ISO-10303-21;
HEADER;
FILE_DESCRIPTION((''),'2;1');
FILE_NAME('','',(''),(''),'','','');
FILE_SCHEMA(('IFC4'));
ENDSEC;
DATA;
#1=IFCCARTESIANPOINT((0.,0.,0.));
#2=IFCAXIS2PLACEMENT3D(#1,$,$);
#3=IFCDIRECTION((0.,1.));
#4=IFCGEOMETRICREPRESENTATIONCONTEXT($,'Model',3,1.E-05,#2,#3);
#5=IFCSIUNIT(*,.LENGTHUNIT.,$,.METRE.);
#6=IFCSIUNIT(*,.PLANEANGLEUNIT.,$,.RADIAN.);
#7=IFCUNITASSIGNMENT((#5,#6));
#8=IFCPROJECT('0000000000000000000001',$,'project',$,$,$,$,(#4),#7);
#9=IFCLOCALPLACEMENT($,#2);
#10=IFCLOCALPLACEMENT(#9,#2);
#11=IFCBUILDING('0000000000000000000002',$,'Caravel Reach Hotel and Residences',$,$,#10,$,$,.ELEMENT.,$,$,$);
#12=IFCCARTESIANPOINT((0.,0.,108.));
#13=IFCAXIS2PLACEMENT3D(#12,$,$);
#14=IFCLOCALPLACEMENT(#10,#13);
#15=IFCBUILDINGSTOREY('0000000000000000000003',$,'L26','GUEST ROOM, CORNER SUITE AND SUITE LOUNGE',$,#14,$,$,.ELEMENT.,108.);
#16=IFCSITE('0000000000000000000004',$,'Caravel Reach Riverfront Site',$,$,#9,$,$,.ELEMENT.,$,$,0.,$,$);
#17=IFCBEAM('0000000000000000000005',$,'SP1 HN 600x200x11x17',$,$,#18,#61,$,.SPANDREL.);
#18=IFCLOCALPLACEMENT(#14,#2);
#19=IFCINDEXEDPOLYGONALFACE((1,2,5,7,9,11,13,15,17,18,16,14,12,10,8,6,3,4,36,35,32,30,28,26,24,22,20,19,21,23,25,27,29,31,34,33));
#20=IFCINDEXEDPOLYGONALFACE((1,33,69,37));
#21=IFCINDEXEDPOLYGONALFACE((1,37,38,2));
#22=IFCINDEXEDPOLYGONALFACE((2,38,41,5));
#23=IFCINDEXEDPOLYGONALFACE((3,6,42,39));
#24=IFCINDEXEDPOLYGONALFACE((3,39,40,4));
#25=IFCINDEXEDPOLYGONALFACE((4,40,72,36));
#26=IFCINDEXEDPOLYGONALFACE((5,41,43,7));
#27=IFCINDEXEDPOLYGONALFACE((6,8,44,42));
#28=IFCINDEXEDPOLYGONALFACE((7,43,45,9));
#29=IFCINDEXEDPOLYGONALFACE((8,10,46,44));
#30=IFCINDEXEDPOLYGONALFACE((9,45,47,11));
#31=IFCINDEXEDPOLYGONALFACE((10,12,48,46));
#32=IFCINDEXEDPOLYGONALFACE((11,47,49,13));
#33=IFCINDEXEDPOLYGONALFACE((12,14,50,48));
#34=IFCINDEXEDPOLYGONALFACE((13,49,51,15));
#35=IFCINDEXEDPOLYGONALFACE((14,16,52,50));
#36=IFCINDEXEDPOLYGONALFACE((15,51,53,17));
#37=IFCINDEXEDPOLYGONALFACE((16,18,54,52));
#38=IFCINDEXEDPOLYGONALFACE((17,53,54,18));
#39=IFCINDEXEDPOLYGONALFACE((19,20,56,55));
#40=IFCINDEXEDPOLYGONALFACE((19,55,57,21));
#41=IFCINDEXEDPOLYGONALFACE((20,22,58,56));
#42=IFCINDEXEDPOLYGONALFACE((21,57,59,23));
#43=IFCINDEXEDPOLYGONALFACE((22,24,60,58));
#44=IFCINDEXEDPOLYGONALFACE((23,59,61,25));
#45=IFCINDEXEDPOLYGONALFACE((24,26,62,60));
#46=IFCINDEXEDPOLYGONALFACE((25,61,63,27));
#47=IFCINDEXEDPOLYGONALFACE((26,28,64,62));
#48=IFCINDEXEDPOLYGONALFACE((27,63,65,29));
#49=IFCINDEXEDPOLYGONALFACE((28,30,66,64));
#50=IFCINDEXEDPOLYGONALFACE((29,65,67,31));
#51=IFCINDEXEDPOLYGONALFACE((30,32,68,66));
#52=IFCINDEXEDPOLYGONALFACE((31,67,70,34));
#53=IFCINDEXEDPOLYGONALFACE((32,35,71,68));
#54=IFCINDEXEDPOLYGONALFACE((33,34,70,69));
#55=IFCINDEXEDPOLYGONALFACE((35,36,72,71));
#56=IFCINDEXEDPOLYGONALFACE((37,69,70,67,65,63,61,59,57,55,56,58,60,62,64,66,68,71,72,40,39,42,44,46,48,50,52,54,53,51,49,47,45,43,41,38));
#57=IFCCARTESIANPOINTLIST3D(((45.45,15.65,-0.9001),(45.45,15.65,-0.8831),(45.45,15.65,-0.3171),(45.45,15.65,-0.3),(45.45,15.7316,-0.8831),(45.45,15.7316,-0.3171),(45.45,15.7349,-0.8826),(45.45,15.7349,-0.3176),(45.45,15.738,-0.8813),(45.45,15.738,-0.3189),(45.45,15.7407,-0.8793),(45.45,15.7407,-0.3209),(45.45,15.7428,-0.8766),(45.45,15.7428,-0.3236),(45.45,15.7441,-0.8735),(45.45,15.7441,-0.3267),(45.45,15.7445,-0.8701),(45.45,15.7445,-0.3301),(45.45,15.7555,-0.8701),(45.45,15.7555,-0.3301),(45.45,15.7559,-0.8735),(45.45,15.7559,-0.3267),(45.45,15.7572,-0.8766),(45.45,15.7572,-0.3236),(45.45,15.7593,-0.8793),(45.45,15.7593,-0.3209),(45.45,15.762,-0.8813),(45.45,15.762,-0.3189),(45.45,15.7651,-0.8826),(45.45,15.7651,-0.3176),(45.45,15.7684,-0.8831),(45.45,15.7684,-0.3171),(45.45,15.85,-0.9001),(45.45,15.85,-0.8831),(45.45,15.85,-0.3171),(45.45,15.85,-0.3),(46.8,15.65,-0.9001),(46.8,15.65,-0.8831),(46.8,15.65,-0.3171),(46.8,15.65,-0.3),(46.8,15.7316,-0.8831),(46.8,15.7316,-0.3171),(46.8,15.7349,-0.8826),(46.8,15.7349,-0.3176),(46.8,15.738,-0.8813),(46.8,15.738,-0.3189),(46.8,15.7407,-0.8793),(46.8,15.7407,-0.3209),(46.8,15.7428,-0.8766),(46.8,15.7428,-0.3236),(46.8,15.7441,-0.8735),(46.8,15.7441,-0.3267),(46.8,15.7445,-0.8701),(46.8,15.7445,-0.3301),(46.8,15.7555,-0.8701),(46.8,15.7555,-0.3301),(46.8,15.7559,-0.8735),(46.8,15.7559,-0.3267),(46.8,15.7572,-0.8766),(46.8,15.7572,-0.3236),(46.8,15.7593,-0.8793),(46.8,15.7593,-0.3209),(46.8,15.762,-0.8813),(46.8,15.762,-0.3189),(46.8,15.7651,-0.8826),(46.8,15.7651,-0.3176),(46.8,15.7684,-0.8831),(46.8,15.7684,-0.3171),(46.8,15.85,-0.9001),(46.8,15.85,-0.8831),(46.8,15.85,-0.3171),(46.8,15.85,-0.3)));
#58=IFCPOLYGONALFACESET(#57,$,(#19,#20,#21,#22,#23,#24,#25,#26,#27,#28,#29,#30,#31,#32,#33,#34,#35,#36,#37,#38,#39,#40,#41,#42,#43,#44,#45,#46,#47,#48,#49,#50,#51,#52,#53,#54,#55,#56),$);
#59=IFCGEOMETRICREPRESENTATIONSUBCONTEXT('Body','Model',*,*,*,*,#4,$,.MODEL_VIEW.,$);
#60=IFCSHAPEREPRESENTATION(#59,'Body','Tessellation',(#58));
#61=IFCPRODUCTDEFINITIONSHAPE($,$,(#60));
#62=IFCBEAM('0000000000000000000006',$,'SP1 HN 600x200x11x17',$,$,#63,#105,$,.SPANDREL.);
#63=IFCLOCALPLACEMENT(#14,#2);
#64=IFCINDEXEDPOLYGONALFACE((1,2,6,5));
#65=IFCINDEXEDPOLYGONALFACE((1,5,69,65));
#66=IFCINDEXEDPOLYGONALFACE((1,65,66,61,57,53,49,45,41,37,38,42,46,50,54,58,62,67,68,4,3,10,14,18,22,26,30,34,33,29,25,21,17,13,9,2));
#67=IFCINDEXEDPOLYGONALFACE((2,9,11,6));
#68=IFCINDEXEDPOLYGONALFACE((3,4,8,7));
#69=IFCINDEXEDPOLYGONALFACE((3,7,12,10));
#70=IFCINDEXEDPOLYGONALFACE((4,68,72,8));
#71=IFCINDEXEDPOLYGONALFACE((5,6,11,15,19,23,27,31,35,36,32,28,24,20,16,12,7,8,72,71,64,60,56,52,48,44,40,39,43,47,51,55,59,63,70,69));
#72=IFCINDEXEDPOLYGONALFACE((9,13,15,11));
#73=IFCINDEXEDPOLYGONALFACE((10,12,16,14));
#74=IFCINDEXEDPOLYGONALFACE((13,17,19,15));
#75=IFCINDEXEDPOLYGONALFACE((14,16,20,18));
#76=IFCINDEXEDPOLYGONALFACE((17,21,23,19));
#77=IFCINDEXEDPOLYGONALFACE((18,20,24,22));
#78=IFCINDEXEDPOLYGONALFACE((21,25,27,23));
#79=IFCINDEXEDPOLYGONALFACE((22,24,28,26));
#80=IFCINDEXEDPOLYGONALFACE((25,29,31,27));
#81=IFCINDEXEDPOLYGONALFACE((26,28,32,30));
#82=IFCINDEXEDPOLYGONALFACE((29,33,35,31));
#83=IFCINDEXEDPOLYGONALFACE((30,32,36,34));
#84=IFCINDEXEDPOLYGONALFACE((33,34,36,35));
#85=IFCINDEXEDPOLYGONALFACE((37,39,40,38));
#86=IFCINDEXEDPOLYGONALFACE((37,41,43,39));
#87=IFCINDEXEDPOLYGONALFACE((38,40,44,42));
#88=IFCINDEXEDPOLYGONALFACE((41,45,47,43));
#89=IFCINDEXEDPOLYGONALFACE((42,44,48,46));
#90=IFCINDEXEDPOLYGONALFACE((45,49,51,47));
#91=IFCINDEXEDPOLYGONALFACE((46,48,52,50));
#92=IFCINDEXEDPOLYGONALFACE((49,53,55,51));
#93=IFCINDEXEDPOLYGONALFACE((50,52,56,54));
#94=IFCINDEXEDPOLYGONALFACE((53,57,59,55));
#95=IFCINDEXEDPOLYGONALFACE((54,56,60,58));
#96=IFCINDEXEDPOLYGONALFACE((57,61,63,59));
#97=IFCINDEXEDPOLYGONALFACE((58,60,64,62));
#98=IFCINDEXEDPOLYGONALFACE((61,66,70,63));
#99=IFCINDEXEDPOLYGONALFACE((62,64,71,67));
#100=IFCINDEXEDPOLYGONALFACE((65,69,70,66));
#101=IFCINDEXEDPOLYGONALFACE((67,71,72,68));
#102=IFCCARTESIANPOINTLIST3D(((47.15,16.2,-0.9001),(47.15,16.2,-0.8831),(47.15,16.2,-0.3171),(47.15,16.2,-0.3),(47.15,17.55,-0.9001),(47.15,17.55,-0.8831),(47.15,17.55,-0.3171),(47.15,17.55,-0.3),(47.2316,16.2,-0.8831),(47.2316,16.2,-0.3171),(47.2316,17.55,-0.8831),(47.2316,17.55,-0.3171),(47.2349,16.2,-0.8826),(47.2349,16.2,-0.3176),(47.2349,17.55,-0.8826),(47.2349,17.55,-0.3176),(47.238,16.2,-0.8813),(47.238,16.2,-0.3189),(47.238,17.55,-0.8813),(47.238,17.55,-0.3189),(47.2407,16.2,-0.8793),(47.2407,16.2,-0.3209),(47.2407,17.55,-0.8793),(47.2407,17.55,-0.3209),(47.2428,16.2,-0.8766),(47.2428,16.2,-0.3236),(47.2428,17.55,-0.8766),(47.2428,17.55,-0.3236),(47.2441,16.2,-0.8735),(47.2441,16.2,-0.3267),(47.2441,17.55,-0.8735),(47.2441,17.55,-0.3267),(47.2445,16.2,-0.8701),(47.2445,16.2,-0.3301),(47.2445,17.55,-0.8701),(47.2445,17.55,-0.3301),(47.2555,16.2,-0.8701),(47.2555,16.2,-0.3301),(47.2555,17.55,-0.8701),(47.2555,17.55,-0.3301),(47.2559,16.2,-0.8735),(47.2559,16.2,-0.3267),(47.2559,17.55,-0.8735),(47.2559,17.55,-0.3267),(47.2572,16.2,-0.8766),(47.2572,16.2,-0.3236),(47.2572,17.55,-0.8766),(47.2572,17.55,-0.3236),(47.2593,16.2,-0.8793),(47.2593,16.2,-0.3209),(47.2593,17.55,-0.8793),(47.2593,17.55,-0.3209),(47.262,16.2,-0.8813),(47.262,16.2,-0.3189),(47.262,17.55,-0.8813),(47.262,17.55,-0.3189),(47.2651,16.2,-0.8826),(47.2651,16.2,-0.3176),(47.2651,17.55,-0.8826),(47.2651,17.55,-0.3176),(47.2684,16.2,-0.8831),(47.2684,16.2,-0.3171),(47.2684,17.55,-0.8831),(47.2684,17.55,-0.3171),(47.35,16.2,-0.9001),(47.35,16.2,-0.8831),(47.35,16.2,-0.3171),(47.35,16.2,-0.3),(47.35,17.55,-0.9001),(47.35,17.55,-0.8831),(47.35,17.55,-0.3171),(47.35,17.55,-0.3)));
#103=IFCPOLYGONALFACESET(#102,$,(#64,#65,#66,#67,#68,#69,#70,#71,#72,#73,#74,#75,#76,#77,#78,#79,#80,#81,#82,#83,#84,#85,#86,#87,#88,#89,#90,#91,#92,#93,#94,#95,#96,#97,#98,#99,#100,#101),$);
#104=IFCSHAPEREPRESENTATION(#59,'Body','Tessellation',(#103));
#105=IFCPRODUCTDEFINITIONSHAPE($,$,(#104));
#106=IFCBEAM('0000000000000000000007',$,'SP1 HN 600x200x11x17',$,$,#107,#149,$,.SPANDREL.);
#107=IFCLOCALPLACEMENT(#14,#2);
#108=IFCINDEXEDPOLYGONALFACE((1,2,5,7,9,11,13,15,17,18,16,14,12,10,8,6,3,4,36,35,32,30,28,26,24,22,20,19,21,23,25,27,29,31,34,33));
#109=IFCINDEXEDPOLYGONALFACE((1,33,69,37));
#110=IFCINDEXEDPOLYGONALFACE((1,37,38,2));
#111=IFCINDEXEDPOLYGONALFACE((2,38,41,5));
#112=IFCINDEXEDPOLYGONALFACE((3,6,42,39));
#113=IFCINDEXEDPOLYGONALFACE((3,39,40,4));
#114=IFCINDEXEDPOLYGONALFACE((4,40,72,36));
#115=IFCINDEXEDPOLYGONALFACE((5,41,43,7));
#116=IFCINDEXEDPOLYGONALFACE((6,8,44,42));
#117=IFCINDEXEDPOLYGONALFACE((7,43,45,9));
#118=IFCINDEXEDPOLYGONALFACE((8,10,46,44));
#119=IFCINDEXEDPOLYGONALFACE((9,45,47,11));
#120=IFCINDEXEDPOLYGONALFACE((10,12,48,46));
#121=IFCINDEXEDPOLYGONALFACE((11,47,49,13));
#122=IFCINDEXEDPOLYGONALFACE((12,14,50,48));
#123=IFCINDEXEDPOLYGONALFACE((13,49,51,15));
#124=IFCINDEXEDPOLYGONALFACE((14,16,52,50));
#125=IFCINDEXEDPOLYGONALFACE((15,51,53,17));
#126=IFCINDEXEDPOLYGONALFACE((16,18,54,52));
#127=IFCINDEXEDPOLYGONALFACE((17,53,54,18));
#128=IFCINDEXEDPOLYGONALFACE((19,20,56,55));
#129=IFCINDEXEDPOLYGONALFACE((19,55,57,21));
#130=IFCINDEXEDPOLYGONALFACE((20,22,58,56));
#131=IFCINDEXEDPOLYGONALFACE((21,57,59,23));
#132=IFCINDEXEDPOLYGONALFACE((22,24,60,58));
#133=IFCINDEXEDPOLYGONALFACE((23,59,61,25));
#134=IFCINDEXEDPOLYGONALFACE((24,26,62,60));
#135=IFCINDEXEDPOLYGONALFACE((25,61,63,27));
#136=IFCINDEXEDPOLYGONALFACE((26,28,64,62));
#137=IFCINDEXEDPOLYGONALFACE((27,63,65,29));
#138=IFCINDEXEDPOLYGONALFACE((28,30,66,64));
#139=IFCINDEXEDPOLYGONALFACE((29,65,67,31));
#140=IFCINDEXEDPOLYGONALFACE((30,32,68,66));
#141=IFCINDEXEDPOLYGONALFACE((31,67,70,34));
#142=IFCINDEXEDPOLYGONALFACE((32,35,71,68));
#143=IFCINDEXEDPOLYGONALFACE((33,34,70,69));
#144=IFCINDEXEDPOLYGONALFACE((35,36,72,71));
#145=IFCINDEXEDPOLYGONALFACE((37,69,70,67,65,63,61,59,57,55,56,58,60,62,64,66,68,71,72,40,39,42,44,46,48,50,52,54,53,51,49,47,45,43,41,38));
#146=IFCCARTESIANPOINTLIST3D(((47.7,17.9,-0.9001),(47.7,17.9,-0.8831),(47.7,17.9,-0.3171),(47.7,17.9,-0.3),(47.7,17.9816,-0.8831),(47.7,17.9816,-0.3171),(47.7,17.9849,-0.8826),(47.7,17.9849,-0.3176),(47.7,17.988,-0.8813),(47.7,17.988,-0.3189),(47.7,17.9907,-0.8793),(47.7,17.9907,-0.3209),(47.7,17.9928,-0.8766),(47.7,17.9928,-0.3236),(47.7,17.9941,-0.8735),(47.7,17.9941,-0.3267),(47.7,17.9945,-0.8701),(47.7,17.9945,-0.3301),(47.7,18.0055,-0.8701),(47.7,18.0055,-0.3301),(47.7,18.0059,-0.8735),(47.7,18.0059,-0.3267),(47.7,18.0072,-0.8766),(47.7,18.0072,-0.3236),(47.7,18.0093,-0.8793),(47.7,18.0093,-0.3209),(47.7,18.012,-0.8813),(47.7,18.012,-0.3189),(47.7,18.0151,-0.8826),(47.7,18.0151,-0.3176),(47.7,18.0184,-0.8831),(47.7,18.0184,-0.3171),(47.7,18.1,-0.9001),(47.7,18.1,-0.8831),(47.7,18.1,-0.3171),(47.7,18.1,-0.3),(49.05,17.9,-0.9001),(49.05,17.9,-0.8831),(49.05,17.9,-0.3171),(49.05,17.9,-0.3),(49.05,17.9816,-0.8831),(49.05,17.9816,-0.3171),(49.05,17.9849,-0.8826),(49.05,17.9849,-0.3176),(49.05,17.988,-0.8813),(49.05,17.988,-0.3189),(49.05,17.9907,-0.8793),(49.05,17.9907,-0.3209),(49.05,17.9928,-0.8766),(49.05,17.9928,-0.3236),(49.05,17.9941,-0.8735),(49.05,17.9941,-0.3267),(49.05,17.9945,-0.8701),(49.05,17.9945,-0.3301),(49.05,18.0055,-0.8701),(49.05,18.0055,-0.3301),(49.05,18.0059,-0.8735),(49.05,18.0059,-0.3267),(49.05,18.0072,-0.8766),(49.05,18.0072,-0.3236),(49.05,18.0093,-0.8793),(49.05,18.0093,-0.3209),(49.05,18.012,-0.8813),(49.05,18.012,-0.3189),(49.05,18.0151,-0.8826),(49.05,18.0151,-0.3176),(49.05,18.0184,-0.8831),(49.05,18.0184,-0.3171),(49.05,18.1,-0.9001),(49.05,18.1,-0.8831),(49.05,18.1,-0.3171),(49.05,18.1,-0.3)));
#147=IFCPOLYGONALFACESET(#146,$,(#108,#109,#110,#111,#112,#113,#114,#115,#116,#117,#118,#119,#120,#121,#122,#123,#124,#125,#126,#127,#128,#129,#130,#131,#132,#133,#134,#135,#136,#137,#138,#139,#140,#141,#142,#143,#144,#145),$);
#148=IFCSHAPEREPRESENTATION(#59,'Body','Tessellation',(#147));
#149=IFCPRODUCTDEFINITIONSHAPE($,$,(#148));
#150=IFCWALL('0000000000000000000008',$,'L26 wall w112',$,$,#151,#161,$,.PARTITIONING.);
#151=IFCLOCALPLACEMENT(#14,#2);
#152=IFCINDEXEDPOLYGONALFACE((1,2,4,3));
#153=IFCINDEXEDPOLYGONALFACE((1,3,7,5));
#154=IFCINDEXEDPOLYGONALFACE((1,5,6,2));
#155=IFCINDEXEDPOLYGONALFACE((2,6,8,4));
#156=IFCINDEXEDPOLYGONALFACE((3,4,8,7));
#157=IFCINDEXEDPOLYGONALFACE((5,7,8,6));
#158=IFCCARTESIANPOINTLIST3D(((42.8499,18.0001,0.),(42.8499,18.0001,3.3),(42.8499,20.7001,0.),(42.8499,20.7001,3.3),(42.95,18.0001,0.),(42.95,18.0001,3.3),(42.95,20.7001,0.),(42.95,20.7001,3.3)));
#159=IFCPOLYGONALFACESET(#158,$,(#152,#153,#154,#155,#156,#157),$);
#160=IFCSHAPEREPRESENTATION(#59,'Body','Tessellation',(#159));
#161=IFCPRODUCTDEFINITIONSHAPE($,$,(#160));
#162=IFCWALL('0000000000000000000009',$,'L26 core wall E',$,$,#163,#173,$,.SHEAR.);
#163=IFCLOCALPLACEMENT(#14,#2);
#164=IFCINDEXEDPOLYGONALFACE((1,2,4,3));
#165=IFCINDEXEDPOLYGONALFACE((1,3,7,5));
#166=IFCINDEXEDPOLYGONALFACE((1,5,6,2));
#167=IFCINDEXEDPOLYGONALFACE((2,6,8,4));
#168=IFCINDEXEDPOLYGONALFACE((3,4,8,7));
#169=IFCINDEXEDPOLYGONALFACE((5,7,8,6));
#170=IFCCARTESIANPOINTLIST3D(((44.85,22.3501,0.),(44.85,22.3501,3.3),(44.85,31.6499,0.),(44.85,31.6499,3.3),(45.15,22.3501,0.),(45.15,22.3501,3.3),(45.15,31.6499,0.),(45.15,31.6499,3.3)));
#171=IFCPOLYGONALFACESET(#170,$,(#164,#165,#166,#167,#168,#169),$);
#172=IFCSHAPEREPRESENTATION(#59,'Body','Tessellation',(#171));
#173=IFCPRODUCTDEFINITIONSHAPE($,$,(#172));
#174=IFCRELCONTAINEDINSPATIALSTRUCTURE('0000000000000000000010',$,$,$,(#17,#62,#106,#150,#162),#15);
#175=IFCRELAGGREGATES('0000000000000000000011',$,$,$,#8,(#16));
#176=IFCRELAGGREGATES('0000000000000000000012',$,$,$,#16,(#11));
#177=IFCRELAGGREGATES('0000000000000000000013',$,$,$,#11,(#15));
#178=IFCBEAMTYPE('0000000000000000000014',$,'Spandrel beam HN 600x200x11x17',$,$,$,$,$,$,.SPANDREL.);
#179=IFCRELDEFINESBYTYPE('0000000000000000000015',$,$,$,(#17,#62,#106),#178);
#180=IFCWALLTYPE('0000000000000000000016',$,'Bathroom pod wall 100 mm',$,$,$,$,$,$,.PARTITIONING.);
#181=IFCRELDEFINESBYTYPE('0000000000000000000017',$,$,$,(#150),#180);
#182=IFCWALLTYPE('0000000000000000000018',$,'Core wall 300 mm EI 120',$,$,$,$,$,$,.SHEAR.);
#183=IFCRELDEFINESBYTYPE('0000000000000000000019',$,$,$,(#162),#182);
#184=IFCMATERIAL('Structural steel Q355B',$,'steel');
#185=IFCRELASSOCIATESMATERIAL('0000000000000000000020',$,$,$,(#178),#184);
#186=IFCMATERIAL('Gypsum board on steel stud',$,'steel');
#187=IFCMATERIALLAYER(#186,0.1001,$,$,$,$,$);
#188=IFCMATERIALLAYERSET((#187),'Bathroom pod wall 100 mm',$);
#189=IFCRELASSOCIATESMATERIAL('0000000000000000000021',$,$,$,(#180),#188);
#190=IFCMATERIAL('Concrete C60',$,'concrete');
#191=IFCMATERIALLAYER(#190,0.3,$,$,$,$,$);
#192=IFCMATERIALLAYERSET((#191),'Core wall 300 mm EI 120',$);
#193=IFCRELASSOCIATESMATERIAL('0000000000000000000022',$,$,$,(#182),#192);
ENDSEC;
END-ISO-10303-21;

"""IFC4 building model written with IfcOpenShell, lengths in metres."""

from ifc_helpers import new_model, si_unit, direction, frame, frame_2d, origin, origin_2d, place, context, subcontext, project, spatial, rectangle, i_section, extrude, material, layer, layer_set, material_profile, profile_set, type_object, element, save


model = new_model("IFC4")

# Units and contexts
model_context = context("Model", 3, precision=1e-05, world=origin(), true_north=direction((0.0, 1.0)))
body_context = subcontext(model_context, "Body", "Model", "MODEL_VIEW")
ifc_project = project(units=[si_unit("LENGTHUNIT", "METRE"), si_unit("PLANEANGLEUNIT", "RADIAN")], contexts=[model_context])

# Site, building, storey
site_placement = place(None, origin())
site = spatial("IfcSite", under=ifc_project, at=site_placement, Name="Caravel Reach Riverfront Site", CompositionType="ELEMENT", RefElevation=0.0)
building_placement = place(site_placement, origin())
building = spatial("IfcBuilding", under=site, at=building_placement, Name="Caravel Reach Hotel and Residences", CompositionType="ELEMENT")
storey_placement = place(building_placement, frame((0.0, 0.0, 108.0)))
storey = spatial("IfcBuildingStorey", under=building, at=storey_placement, Name="L26", Description="GUEST ROOM, CORNER SUITE AND SUITE LOUNGE", CompositionType="ELEMENT", Elevation=108.0)

# Beams
ifc_material_1 = material(Name="Structural steel Q355B", Category="steel")
ifc_material_profile_1 = material_profile(ifc_material_1, i_section(OverallWidth=0.2, OverallDepth=0.6001, WebThickness=0.011, FlangeThickness=0.0171, FilletRadius=0.0129, at=origin_2d()), Name="HN 600x200x11x17")
ifc_profile_set_1 = profile_set([ifc_material_profile_1], Name="Structural steel Q355B")
beam_type_1 = type_object("IfcBeamType", Name="Spandrel beam HN 600x200x11x17", PredefinedType="SPANDREL", material=ifc_profile_set_1)
for number, where, z_axis, x_axis, name in (
    (1, (45.45, 15.75, -0.6001), (1.0, 0.0, 0.0), (0.0, 1.0, 0.0), "SP1 HN 600x200x11x17"),
    (2, (47.25, 16.2, -0.6001), (0.0, 1.0, 0.0), (-1.0, 0.0, 0.0), "SP1 HN 600x200x11x17"),
    (3, (47.7, 18.0, -0.6001), (1.0, 0.0, 0.0), (0.0, 1.0, 0.0), "SP1 HN 600x200x11x17"),
):
    element("IfcBeam", number, at=place(storey_placement, frame(where, z_axis=z_axis, x_axis=x_axis)), inside=storey, type_object=beam_type_1, Name=name, PredefinedType="SPANDREL", context=body_context, shape_type="SweptSolid", body=[
        extrude(i_section(OverallWidth=0.2, OverallDepth=0.6001, WebThickness=0.011, FlangeThickness=0.0171, FilletRadius=0.0129, at=origin_2d()), origin(), (0.0, 0.0, 1.0), 1.3501),
    ])

# Walls
ifc_material_2 = material(Name="Gypsum board on steel stud", Category="steel")
ifc_layer_1 = layer(ifc_material_2, 0.1001)
ifc_layer_set_1 = layer_set([ifc_layer_1], Name="Bathroom pod wall 100 mm")
wall_type_1 = type_object("IfcWallType", Name="Bathroom pod wall 100 mm", PredefinedType="PARTITIONING", material=ifc_layer_set_1)
wall_1_placement = place(storey_placement, frame((42.8999, 18.0, 0.0), z_axis=(0.0, 0.0, 1.0), x_axis=(0.0, 1.0, 0.0)))
element("IfcWall", 4, at=wall_1_placement, inside=storey, type_object=wall_type_1, Name="L26 wall w112", PredefinedType="PARTITIONING", context=body_context, shape_type="SweptSolid", body=[
    extrude(rectangle(XDim=2.7, YDim=0.1001, at=frame_2d((1.3501, 0.0))), origin(), (0.0, 0.0, 1.0), 3.3),
])
ifc_material_3 = material(Name="Concrete C60", Category="concrete")
ifc_layer_2 = layer(ifc_material_3, 0.3)
ifc_layer_set_2 = layer_set([ifc_layer_2], Name="Core wall 300 mm EI 120")
wall_type_2 = type_object("IfcWallType", Name="Core wall 300 mm EI 120", PredefinedType="SHEAR", material=ifc_layer_set_2)
wall_2_placement = place(storey_placement, frame((45.0, 22.3501, 0.0), z_axis=(0.0, 0.0, 1.0), x_axis=(0.0, 1.0, 0.0)))
element("IfcWall", 5, at=wall_2_placement, inside=storey, type_object=wall_type_2, Name="L26 core wall E", PredefinedType="SHEAR", context=body_context, shape_type="SweptSolid", body=[
    extrude(rectangle(XDim=9.2998, YDim=0.3, at=frame_2d((4.6499, 0.0))), origin(), (0.0, 0.0, 1.0), 3.3),
])

save(model, "model.ifc")
